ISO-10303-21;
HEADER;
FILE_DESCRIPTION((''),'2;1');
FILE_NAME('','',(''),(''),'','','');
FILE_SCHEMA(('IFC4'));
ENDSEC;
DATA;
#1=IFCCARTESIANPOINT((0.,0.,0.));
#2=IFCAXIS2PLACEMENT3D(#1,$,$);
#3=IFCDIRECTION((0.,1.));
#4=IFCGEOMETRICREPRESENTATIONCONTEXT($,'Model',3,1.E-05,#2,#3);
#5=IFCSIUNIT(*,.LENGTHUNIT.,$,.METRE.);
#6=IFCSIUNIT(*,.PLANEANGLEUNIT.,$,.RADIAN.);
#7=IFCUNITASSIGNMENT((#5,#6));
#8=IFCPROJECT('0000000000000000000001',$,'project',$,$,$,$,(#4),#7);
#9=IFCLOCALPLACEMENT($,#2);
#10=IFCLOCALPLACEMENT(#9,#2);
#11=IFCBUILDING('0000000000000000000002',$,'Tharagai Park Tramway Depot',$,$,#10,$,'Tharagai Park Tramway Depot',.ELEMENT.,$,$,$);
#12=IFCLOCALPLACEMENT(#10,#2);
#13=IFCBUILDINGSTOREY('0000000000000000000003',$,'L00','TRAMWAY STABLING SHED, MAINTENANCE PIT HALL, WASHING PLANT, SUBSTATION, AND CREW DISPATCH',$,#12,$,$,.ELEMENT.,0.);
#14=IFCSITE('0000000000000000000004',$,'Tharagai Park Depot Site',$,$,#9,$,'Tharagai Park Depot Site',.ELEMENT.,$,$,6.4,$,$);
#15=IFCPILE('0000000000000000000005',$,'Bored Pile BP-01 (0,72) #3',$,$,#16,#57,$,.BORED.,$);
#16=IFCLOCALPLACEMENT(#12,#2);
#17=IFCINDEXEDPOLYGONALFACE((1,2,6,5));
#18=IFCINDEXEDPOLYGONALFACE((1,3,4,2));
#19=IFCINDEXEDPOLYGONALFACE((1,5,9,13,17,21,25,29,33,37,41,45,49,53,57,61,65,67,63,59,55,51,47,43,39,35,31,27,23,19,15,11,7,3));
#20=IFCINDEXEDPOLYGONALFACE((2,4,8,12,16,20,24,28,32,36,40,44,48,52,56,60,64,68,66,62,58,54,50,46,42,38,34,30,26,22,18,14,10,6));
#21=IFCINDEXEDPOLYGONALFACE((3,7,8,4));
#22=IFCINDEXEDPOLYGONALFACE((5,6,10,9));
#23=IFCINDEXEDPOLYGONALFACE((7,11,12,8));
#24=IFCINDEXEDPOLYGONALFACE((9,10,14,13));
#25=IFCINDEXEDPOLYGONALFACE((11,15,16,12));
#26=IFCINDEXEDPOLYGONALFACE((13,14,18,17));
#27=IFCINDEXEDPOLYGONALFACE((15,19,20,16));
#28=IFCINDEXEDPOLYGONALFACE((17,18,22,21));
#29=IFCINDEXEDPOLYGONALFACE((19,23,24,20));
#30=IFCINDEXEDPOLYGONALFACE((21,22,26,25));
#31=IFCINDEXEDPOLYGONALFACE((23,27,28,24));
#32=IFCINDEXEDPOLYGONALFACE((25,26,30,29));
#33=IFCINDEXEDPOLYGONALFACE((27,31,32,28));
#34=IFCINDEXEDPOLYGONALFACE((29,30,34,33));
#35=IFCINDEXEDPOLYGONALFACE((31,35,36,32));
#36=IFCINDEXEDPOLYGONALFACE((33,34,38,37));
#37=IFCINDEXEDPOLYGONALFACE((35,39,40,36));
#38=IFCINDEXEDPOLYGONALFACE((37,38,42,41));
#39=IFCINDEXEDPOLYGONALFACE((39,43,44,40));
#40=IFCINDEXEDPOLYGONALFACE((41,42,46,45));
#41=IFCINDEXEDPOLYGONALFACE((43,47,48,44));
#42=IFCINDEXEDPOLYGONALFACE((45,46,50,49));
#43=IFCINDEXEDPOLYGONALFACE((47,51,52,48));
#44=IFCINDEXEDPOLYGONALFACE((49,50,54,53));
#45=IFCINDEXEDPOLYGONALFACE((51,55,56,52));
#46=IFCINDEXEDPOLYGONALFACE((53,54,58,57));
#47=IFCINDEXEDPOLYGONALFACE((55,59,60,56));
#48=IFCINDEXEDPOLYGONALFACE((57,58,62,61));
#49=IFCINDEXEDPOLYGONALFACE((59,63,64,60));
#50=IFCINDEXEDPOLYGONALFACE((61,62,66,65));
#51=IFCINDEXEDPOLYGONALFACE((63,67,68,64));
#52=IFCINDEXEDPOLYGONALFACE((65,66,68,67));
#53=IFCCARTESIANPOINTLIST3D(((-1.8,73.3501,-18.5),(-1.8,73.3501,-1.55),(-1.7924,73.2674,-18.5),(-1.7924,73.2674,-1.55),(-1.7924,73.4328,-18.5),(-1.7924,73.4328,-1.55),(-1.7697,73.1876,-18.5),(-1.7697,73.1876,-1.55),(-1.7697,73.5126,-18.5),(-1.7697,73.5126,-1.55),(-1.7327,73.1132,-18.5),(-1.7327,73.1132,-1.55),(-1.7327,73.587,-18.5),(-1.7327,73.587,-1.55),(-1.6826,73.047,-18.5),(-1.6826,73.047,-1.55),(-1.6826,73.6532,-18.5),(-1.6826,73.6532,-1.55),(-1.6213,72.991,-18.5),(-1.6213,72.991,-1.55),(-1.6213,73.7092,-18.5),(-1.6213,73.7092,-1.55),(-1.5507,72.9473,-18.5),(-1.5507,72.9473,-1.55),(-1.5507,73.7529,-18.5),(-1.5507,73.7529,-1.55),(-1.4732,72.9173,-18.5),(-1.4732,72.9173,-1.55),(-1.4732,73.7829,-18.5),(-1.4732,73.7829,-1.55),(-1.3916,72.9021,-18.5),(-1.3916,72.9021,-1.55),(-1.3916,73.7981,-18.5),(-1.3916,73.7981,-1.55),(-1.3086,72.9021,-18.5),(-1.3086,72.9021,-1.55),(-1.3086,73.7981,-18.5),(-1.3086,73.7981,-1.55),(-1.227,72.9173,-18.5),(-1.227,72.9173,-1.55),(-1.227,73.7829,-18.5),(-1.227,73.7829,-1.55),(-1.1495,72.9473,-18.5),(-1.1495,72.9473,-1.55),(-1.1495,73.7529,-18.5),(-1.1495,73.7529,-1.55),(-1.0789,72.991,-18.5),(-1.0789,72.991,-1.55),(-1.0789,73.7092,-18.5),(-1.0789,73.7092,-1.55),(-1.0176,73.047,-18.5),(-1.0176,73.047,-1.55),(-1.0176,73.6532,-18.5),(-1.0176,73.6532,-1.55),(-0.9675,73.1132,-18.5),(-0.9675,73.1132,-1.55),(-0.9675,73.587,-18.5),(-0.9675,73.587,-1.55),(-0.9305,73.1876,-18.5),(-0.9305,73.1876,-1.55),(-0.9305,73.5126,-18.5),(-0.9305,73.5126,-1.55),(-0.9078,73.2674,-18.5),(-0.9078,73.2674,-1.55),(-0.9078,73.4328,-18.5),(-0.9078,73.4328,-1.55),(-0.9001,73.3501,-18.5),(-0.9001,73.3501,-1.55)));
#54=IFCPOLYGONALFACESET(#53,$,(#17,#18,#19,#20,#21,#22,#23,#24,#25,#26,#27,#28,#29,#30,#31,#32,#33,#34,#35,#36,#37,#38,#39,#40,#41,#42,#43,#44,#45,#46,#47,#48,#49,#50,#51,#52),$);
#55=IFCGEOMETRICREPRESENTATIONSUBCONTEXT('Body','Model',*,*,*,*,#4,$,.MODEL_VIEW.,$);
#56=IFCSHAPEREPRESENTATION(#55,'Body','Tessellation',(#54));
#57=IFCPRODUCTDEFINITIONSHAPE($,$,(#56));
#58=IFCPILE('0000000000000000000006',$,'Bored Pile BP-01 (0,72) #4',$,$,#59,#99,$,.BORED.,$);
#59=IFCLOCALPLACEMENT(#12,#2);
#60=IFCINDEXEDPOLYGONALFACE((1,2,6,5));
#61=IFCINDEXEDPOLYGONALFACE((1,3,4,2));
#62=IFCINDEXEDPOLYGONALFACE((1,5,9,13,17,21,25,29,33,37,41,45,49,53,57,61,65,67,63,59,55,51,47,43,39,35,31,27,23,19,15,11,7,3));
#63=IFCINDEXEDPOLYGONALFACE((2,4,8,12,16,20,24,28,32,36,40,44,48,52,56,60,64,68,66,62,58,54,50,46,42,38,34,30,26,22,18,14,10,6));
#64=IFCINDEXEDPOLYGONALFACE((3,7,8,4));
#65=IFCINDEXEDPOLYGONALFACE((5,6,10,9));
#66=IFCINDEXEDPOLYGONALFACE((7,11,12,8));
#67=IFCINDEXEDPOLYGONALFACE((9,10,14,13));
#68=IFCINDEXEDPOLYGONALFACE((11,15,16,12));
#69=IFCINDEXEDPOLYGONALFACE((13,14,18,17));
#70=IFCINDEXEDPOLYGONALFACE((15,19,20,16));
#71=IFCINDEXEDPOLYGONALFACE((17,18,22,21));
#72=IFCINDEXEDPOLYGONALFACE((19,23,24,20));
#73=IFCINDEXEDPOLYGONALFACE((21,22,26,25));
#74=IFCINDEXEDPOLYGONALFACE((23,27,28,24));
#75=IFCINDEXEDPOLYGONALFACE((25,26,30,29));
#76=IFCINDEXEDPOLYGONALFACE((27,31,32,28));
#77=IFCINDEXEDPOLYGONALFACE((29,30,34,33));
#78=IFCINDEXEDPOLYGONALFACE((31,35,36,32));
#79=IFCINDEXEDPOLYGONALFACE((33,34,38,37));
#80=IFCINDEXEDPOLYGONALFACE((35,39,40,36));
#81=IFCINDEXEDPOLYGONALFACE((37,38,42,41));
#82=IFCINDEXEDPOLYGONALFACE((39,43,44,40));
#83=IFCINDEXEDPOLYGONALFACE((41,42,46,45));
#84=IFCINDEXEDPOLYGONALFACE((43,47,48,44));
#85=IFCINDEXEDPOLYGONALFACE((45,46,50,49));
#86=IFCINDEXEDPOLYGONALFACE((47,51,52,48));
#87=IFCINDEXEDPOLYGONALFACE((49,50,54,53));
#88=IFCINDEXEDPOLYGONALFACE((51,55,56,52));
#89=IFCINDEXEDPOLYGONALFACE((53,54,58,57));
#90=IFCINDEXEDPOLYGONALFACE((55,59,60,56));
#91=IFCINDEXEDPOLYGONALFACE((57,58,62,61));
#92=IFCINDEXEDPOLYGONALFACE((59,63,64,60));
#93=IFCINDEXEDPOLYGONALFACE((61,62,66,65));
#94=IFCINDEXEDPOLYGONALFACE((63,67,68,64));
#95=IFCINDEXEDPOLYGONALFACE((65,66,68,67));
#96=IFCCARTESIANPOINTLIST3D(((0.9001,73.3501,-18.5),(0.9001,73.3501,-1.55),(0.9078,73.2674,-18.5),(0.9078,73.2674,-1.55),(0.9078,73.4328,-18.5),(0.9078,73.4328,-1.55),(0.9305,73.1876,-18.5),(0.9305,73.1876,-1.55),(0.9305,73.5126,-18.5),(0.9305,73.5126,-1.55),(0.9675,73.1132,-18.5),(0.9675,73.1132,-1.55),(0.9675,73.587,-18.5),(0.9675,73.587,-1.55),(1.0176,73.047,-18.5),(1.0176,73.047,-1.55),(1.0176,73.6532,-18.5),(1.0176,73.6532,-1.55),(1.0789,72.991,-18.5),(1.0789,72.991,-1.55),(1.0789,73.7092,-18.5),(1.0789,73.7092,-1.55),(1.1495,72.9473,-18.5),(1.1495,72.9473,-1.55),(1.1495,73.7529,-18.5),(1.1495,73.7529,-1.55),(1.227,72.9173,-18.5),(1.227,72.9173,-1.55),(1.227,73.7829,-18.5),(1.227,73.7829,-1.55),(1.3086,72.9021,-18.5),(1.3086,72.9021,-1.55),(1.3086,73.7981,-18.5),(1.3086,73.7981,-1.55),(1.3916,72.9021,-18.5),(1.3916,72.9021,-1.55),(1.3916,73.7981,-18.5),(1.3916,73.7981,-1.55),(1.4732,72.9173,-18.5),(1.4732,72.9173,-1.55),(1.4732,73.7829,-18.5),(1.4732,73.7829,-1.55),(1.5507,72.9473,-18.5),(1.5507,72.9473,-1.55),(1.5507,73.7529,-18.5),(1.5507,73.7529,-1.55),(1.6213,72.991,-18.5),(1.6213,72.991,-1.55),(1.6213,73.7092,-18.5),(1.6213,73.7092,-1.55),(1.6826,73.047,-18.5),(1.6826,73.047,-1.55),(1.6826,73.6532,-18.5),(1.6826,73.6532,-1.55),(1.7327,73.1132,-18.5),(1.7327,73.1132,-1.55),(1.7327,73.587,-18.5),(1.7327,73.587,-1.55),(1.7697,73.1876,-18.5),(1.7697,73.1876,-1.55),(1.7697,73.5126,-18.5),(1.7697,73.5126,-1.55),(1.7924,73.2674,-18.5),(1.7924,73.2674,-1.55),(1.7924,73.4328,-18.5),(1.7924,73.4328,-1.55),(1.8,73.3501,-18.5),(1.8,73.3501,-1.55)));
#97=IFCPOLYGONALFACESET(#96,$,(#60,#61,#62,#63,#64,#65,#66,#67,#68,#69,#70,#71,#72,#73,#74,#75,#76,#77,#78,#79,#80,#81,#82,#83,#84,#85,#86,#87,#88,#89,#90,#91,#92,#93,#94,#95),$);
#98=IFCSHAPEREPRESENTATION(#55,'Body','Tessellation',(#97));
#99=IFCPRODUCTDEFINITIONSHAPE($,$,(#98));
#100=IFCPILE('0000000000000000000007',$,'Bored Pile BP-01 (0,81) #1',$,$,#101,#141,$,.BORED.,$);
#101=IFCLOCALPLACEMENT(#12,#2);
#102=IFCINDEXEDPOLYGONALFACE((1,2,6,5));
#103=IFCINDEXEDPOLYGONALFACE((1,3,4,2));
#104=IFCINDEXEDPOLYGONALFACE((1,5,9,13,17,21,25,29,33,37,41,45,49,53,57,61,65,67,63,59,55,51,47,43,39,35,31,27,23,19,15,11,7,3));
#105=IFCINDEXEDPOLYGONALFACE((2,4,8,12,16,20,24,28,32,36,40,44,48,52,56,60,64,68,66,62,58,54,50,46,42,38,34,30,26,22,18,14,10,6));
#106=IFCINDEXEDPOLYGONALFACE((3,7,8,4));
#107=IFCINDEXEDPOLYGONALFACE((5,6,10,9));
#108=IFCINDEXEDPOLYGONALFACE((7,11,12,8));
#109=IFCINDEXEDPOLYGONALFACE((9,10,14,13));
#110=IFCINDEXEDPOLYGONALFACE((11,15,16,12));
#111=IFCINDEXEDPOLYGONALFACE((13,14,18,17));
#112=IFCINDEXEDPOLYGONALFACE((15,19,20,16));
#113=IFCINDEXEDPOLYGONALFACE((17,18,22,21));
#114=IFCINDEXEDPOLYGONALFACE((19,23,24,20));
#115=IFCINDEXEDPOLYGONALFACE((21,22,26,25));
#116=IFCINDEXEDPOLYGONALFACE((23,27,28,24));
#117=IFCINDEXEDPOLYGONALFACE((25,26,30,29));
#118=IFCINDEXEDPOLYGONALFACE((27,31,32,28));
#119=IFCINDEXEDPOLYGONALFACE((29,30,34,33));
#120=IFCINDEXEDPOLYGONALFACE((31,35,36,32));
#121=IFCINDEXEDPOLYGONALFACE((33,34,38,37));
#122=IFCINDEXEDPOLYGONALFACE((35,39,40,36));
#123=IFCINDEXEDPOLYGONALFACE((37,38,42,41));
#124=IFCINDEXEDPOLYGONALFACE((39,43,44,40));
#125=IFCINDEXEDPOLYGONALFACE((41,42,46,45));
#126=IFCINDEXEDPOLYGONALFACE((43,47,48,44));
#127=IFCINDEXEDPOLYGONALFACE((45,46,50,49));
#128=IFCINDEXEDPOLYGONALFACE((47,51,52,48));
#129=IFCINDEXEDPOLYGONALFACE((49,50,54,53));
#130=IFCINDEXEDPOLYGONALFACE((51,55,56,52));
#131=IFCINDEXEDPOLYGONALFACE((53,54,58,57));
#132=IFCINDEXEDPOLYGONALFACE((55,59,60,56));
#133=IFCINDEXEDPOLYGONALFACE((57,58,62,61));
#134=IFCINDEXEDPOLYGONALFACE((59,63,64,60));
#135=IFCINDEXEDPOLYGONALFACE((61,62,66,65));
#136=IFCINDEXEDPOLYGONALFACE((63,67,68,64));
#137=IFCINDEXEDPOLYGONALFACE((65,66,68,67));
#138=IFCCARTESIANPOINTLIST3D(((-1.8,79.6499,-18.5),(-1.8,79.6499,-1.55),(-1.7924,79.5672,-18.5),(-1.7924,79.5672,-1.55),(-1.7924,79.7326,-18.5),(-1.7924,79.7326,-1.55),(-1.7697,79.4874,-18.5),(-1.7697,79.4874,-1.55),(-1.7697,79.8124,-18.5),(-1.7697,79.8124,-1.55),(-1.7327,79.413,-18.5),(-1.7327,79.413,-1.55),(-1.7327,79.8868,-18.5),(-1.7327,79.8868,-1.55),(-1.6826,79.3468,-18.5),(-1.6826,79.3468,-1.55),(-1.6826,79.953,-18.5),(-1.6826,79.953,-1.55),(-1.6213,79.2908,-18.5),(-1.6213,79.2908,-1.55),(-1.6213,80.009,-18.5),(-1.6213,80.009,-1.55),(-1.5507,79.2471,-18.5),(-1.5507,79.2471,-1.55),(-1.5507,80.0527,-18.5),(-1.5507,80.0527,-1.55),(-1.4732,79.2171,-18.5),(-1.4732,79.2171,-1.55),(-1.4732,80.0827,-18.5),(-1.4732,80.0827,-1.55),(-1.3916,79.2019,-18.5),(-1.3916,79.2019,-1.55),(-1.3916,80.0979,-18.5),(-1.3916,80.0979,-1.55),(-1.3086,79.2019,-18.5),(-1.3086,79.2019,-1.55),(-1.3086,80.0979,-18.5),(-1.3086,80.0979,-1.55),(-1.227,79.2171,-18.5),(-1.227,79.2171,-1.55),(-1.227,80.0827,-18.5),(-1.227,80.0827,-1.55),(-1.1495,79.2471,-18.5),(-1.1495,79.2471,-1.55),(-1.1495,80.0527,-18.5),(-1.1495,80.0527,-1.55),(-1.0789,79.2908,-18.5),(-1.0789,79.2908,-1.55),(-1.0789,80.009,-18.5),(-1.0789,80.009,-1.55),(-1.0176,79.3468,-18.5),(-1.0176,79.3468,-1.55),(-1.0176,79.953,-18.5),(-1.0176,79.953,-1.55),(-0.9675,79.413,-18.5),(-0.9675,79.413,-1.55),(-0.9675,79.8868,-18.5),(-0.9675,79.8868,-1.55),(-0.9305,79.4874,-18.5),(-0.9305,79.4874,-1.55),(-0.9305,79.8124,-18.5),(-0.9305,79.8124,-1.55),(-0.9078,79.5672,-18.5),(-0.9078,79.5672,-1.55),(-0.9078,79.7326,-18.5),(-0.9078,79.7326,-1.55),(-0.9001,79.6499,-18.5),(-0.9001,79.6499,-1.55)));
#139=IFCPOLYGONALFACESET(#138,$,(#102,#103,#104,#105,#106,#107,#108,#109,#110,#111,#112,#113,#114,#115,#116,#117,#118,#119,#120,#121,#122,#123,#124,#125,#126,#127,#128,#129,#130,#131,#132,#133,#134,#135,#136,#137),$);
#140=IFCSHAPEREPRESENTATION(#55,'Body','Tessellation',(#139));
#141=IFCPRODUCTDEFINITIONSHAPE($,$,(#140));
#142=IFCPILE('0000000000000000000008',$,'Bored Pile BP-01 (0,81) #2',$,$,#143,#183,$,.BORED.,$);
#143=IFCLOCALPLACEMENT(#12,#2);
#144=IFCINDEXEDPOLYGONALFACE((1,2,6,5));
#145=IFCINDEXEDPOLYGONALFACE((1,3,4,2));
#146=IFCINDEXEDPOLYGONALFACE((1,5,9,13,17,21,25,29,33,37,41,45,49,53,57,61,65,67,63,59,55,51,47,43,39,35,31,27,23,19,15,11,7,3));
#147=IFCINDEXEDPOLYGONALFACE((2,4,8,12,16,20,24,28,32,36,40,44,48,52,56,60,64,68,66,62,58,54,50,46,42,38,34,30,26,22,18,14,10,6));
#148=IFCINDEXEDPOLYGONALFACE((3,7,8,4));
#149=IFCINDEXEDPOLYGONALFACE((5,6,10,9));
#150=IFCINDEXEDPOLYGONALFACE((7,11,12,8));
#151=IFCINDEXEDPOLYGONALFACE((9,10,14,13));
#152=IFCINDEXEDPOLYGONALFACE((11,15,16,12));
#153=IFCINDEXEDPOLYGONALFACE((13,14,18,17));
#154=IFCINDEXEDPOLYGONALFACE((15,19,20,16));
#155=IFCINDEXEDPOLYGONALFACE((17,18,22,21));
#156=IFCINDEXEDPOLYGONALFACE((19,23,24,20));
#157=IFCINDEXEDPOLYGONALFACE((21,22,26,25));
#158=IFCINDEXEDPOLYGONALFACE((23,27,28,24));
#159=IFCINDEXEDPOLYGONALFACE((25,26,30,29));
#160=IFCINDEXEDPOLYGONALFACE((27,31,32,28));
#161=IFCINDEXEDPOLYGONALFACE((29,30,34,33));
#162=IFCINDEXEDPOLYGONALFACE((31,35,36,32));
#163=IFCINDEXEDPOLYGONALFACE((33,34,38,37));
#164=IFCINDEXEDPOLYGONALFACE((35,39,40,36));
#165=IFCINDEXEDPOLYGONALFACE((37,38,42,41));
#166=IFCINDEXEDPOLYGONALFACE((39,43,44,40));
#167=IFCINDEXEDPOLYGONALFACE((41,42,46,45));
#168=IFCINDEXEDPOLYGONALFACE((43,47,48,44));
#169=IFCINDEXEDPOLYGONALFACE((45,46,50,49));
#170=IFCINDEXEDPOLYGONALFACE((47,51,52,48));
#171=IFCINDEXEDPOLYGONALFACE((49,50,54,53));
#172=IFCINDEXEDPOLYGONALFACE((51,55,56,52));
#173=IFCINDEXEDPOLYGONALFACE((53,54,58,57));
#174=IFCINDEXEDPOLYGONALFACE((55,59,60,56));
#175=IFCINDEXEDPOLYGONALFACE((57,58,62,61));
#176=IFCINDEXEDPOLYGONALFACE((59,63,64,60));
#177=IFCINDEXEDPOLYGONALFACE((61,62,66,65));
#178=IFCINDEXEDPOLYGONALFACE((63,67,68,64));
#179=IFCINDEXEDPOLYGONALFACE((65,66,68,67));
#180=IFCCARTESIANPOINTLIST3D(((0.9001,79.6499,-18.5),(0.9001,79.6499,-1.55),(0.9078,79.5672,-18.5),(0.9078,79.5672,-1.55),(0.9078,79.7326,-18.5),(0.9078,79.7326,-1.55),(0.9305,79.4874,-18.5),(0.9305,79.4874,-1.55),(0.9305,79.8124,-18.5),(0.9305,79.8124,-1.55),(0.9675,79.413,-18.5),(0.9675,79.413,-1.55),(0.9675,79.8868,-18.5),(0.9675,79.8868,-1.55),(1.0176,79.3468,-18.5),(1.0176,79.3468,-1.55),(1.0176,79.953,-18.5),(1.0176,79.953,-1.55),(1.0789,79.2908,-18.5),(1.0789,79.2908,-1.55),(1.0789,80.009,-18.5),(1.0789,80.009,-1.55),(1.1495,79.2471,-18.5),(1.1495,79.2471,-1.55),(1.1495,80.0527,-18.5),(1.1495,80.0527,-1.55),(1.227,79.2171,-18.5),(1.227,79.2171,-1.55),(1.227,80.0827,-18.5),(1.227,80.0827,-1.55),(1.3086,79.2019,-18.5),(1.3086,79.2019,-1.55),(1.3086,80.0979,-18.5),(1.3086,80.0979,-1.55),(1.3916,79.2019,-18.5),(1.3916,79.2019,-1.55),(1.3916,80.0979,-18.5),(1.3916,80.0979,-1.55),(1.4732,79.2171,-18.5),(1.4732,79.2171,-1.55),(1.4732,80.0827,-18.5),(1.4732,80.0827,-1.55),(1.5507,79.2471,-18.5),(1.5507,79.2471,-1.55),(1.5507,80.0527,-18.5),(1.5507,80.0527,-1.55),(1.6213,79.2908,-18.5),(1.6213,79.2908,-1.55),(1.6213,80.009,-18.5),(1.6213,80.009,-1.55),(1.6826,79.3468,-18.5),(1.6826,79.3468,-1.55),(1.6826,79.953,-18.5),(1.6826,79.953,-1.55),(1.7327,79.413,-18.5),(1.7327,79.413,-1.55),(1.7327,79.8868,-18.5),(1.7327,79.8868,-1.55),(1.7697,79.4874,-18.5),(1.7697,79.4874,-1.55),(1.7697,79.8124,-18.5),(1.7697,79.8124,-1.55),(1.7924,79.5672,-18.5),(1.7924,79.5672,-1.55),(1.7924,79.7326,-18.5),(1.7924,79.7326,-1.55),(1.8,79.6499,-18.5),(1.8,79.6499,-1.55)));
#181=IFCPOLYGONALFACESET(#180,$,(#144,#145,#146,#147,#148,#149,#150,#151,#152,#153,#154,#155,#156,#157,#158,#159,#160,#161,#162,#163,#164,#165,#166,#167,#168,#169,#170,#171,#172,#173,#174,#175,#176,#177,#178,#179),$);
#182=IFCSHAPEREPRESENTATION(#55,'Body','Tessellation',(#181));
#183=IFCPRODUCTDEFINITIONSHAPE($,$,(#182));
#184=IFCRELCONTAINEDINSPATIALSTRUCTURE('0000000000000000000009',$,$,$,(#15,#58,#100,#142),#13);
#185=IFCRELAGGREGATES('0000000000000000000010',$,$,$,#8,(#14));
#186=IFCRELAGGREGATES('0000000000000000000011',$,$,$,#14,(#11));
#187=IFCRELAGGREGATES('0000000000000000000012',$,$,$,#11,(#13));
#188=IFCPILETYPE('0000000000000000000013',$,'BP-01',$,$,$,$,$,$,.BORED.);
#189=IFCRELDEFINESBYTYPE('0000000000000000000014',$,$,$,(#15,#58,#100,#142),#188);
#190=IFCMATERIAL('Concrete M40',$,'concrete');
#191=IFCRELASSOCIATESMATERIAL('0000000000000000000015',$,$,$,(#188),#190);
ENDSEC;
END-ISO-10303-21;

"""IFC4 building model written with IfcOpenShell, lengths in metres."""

from ifc_helpers import new_model, si_unit, direction, frame, origin, origin_2d, place, context, subcontext, project, spatial, circle, extrude, material, material_profile, profile_set, type_object, element, save


model = new_model("IFC4")

# Units and contexts
model_context = context("Model", 3, precision=1e-05, world=origin(), true_north=direction((0.0, 1.0)))
body_context = subcontext(model_context, "Body", "Model", "MODEL_VIEW")
ifc_project = project(units=[si_unit("LENGTHUNIT", "METRE"), si_unit("PLANEANGLEUNIT", "RADIAN")], contexts=[model_context])

# Site, building, storey
site_placement = place(None, origin())
site = spatial("IfcSite", under=ifc_project, at=site_placement, Name="Tharagai Park Depot Site", LongName="Tharagai Park Depot Site", CompositionType="ELEMENT", RefElevation=6.4)
building_placement = place(site_placement, origin())
building = spatial("IfcBuilding", under=site, at=building_placement, Name="Tharagai Park Tramway Depot", LongName="Tharagai Park Tramway Depot", CompositionType="ELEMENT")
storey_placement = place(building_placement, origin())
storey = spatial("IfcBuildingStorey", under=building, at=storey_placement, Name="L00", Description="TRAMWAY STABLING SHED, MAINTENANCE PIT HALL, WASHING PLANT, SUBSTATION, AND CREW DISPATCH", CompositionType="ELEMENT", Elevation=0.0)

# Piles
ifc_material_1 = material(Name="Concrete M40", Category="concrete")
ifc_material_profile_1 = material_profile(ifc_material_1, circle(Radius=0.45, at=origin_2d()), Name="PILE D900")
ifc_profile_set_1 = profile_set([ifc_material_profile_1], Name="Concrete M40")
pile_type_1 = type_object("IfcPileType", Name="BP-01", PredefinedType="BORED", material=ifc_profile_set_1)
for number, where, z_axis, x_axis, name in (
    (1, (-1.3501, 73.3501, -1.55), (0.0, 0.0, -1.0), (1.0, 0.0, 0.0), "Bored Pile BP-01 (0,72) #3"),
    (2, (1.3501, 73.3501, -1.55), (0.0, 0.0, -1.0), (1.0, 0.0, 0.0), "Bored Pile BP-01 (0,72) #4"),
    (3, (-1.3501, 79.6499, -1.55), (0.0, 0.0, -1.0), (1.0, 0.0, 0.0), "Bored Pile BP-01 (0,81) #1"),
    (4, (1.3501, 79.6499, -1.55), (0.0, 0.0, -1.0), (1.0, 0.0, 0.0), "Bored Pile BP-01 (0,81) #2"),
):
    element("IfcPile", number, at=place(storey_placement, frame(where, z_axis=z_axis, x_axis=x_axis)), inside=storey, type_object=pile_type_1, Name=name, PredefinedType="BORED", context=body_context, shape_type="SweptSolid", body=[
        extrude(circle(Radius=0.45, at=origin_2d()), origin(), (0.0, 0.0, 1.0), 16.95),
    ])

save(model, "model.ifc")
